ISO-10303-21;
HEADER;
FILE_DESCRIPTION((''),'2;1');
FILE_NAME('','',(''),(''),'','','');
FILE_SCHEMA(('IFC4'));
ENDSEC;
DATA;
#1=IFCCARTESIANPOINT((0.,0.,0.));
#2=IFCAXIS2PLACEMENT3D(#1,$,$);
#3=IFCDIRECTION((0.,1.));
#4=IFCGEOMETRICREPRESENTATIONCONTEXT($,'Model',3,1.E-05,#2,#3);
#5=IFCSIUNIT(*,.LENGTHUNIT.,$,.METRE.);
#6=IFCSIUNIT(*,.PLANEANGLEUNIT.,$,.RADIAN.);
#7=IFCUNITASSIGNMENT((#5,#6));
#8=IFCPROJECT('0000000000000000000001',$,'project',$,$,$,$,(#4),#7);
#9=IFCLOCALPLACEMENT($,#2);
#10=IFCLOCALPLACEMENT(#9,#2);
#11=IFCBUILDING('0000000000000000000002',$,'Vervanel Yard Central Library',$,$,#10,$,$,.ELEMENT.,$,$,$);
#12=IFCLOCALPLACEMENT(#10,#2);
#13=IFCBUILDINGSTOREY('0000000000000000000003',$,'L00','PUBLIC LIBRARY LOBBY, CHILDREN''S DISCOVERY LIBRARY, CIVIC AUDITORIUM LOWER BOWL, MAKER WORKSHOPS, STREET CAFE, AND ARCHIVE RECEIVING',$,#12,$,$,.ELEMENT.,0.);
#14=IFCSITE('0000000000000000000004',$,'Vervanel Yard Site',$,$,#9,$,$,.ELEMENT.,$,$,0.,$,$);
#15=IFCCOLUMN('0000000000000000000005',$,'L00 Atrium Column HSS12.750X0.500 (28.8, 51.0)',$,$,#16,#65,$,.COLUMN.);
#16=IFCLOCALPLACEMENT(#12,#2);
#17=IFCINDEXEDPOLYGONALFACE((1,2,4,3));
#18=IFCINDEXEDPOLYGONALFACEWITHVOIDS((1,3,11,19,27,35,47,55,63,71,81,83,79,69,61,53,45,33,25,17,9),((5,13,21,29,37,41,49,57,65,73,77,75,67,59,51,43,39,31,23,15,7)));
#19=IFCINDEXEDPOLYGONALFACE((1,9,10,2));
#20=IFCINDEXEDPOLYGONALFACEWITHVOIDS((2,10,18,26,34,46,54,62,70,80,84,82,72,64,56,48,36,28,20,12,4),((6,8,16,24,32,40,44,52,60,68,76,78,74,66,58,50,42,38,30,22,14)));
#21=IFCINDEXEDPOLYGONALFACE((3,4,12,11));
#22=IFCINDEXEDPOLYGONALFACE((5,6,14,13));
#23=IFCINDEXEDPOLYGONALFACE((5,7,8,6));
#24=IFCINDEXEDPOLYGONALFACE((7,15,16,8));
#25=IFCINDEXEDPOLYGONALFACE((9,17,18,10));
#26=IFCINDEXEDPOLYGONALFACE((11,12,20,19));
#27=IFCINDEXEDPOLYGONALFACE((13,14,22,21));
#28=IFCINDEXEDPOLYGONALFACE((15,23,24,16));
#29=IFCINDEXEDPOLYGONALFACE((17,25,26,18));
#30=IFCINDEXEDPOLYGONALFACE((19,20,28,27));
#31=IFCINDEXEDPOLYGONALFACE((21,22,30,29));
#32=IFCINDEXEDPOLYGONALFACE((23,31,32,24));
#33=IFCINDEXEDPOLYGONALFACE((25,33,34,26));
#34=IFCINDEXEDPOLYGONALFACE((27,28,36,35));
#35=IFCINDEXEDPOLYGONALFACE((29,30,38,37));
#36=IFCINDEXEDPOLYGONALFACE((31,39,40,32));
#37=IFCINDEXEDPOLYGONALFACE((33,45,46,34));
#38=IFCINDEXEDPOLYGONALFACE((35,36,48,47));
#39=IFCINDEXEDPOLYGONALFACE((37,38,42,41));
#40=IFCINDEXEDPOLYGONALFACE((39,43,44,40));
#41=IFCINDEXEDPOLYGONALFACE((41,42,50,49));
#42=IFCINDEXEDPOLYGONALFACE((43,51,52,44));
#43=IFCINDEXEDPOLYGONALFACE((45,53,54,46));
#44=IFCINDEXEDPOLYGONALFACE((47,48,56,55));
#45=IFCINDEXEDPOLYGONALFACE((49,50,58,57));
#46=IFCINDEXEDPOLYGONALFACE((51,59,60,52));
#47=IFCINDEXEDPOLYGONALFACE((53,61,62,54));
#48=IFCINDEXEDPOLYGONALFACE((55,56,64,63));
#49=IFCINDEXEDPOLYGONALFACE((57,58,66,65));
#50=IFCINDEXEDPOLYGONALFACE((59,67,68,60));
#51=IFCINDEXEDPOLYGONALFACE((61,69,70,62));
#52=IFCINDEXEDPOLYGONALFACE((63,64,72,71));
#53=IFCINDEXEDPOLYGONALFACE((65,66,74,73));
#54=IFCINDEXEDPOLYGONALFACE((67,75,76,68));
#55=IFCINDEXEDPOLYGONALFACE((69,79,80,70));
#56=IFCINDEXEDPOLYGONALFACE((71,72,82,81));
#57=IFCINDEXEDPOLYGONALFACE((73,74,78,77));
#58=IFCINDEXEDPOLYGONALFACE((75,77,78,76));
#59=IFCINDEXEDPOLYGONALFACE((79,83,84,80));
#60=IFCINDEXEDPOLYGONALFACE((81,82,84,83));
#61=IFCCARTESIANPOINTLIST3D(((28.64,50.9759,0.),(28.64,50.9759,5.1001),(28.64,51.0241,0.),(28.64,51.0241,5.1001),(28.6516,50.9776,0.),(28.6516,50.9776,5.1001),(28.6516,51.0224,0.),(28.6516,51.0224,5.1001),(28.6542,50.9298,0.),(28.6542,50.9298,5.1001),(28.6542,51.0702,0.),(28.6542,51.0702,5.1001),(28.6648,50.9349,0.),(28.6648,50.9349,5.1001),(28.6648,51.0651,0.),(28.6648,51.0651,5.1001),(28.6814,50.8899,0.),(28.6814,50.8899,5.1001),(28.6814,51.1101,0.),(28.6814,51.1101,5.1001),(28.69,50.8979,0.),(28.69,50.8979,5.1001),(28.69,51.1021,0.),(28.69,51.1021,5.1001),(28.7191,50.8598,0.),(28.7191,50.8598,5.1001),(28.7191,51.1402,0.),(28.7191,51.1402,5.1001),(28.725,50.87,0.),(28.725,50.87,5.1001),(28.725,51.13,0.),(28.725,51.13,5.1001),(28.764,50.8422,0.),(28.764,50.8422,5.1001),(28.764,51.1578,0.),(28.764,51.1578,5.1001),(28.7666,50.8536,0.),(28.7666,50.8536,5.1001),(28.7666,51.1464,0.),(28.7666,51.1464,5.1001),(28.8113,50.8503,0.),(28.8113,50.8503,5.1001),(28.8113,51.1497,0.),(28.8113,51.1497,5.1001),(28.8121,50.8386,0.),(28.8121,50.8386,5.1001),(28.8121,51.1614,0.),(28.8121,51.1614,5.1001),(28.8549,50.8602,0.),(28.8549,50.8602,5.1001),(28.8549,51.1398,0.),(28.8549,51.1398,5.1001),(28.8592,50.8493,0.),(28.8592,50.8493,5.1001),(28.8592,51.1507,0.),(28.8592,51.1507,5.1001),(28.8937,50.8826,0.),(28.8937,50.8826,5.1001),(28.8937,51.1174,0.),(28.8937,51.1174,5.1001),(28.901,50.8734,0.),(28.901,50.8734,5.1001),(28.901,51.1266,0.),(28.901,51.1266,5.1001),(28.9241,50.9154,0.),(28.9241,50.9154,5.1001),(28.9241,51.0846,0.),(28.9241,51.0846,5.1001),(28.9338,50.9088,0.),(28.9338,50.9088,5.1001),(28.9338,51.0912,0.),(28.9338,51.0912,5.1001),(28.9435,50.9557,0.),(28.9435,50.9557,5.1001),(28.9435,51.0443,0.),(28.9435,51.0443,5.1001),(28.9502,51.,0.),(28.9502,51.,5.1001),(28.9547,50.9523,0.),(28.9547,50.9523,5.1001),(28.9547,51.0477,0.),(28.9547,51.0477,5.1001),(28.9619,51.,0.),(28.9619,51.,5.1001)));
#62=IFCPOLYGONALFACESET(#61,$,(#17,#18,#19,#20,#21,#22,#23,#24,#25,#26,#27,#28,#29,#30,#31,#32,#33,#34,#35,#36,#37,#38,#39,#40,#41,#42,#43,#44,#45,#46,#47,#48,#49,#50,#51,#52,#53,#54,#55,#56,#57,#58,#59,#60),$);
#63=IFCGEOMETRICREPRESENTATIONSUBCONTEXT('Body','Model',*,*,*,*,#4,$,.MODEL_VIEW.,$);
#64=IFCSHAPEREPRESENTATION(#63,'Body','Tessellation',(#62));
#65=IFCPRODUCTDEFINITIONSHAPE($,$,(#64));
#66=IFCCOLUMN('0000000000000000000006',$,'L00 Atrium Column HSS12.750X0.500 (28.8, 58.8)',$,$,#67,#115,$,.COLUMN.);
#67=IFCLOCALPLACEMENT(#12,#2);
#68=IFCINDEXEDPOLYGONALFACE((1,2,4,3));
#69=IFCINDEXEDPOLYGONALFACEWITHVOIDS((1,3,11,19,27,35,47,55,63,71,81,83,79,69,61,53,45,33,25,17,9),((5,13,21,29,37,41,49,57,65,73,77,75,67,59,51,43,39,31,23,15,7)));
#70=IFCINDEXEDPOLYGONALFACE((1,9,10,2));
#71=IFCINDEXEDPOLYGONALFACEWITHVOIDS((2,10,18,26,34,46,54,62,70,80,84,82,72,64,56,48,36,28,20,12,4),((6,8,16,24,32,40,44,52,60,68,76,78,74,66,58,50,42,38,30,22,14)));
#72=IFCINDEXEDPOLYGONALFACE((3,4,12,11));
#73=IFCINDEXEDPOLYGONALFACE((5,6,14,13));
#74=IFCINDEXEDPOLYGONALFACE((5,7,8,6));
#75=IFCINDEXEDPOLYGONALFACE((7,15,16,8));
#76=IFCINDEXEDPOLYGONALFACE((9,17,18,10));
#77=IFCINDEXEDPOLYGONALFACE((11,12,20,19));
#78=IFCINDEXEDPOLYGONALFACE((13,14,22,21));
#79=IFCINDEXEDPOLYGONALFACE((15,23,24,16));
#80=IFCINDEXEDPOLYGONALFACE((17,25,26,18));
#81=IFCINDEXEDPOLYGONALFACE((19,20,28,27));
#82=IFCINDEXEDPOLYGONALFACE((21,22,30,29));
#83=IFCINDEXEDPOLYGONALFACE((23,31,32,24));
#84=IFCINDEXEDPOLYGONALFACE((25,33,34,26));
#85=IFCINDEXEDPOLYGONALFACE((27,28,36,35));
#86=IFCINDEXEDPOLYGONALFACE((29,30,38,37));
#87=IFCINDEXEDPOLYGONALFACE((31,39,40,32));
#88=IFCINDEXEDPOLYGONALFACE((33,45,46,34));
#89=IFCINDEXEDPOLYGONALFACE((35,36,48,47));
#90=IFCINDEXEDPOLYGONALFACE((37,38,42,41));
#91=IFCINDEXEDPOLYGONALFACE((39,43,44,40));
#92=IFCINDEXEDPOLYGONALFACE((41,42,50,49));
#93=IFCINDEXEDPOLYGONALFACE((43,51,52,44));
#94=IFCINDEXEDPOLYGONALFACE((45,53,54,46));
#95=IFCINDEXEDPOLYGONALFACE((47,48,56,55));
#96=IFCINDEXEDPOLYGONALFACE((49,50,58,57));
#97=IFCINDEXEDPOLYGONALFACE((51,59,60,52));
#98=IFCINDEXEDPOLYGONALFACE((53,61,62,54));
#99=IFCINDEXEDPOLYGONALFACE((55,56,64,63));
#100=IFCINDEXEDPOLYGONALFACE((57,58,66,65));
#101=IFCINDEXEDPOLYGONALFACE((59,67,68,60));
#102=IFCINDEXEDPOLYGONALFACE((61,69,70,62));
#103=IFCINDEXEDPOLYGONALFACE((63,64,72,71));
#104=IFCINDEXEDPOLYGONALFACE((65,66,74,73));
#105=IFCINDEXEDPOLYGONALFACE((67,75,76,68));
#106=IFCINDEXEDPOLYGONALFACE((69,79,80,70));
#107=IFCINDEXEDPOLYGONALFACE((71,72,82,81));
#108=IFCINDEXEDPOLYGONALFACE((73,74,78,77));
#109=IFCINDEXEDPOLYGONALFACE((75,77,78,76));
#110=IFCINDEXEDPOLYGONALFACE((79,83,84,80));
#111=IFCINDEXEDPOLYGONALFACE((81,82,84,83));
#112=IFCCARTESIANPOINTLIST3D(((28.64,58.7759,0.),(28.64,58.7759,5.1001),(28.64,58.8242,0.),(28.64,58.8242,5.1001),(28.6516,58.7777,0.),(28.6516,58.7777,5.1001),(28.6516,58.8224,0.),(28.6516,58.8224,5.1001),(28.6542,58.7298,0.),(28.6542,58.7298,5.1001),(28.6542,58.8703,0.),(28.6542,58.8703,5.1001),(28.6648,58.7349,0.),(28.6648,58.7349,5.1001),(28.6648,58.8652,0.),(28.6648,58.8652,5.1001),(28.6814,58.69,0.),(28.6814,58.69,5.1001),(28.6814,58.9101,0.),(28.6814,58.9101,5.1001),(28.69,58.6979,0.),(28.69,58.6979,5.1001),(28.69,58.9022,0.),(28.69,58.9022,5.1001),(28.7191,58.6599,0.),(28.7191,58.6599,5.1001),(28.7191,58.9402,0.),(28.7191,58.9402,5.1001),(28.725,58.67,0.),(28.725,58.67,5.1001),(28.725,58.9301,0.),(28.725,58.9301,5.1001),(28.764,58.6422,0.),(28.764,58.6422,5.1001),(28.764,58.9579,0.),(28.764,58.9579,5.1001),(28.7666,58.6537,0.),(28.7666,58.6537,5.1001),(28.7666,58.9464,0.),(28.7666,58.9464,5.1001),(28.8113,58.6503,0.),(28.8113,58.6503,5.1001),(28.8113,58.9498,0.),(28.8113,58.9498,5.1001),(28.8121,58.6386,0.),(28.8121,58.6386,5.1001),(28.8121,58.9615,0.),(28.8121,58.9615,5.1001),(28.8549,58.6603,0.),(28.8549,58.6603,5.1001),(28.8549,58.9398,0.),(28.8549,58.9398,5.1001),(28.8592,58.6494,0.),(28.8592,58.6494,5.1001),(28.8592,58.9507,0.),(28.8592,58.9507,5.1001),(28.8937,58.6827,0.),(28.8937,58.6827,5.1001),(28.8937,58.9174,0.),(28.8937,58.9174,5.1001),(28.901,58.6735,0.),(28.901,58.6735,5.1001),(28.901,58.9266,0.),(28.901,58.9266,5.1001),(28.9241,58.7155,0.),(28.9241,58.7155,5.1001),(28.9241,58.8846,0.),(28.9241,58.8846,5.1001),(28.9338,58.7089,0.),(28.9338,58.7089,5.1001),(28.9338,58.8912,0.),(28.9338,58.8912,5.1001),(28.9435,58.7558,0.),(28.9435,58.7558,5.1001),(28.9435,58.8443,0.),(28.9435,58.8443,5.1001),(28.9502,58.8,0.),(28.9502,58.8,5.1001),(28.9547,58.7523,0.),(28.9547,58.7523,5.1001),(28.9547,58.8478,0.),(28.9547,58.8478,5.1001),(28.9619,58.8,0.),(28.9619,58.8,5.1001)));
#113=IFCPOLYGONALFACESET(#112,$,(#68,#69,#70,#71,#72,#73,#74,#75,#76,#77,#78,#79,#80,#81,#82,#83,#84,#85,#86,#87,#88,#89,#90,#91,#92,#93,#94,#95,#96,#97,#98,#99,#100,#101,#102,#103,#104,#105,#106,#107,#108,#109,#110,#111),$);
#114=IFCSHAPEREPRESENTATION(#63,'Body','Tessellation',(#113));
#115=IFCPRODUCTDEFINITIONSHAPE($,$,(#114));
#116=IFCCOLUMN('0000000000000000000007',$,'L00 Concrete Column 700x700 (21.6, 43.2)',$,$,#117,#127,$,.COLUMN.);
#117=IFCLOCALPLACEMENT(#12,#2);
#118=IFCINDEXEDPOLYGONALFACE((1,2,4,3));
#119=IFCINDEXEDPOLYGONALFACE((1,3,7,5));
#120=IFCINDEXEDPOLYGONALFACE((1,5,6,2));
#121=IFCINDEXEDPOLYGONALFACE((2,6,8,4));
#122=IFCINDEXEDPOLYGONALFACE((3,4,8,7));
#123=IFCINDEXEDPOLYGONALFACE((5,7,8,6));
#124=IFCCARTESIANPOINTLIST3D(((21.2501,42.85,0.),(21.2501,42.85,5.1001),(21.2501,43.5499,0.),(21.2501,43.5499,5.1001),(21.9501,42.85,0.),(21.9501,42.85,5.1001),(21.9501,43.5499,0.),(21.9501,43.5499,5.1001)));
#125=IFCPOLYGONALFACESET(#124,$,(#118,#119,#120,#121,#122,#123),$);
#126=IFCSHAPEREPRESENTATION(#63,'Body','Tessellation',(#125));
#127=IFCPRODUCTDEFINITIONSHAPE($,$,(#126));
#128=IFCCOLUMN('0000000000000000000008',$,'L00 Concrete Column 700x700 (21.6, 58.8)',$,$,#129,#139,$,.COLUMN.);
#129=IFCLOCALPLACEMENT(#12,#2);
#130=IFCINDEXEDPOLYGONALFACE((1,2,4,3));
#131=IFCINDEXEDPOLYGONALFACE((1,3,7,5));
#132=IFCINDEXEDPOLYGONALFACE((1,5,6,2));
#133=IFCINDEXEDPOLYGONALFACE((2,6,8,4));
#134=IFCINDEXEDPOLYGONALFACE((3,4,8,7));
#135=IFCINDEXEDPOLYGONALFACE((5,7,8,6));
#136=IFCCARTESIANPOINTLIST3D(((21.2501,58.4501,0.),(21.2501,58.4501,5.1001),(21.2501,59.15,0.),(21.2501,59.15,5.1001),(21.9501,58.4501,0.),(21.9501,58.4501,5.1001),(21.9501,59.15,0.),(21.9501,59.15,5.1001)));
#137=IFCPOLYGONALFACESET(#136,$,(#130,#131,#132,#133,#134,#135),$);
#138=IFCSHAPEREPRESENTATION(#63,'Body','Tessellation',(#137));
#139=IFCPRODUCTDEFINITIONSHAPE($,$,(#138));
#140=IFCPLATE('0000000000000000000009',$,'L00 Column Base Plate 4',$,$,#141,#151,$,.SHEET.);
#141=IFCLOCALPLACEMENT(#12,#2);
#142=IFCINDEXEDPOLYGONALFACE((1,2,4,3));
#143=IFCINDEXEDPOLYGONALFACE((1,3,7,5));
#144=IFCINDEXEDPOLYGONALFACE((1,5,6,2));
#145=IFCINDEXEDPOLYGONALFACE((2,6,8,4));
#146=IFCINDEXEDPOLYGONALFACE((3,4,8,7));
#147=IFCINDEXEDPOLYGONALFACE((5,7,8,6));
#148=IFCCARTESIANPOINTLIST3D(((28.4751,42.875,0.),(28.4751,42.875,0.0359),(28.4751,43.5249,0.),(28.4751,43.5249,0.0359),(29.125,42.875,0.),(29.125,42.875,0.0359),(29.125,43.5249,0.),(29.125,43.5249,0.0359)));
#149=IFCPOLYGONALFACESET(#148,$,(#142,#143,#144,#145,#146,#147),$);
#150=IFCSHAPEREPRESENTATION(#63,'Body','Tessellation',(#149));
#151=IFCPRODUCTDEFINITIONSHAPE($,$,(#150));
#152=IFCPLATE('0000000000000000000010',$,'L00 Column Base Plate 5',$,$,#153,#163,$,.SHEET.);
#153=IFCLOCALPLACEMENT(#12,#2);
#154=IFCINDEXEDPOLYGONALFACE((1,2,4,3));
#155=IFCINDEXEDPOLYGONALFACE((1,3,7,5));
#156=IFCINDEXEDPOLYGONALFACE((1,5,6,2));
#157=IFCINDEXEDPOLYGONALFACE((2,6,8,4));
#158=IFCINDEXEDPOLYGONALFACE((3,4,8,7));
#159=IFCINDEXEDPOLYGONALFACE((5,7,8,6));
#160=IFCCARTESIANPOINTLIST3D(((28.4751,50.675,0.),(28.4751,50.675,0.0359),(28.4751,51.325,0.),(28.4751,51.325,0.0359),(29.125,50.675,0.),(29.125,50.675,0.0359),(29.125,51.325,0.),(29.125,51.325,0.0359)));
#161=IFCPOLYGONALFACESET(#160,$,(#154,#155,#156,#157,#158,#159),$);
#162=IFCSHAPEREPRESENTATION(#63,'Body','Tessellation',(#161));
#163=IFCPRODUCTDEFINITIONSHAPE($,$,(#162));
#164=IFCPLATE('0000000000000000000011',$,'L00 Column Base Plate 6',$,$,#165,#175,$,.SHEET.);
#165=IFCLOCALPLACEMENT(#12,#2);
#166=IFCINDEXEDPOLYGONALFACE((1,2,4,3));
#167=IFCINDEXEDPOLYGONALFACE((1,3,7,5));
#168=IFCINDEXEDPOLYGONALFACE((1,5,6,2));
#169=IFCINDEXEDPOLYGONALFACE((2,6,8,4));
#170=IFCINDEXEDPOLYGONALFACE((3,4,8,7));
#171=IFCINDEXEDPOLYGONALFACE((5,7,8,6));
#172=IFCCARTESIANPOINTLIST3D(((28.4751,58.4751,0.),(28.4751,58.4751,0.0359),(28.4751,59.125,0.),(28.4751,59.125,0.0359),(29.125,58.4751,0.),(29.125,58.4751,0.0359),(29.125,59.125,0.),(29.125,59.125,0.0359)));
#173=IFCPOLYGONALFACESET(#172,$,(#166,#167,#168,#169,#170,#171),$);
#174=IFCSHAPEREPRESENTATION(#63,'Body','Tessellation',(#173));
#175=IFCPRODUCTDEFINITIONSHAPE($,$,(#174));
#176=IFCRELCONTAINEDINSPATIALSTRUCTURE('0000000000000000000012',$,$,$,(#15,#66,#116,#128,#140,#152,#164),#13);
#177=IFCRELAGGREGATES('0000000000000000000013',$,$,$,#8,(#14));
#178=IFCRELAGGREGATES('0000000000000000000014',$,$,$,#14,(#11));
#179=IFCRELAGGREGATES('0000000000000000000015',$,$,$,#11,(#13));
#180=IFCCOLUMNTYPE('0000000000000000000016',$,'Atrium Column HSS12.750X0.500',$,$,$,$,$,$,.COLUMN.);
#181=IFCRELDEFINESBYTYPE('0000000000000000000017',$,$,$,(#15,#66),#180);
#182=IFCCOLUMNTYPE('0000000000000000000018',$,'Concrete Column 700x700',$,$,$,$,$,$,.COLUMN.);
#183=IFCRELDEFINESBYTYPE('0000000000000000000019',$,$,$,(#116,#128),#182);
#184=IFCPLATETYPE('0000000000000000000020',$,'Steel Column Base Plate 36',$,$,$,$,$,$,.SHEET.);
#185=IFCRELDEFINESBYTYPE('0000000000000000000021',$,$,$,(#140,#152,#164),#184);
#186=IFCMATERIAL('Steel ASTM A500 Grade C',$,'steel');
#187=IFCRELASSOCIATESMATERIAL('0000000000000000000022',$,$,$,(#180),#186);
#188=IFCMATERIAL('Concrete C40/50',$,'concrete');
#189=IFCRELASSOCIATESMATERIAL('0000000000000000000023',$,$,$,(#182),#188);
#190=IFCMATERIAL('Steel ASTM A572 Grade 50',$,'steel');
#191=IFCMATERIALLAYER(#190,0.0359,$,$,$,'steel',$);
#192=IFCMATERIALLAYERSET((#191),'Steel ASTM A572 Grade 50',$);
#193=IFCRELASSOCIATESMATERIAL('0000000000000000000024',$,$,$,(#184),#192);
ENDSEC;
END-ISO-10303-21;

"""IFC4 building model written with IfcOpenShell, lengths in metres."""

from ifc_helpers import new_model, si_unit, direction, frame, origin, origin_2d, place, context, subcontext, project, spatial, rectangle, hollow_circle, extrude, material, layer, layer_set, material_profile, profile_set, type_object, element, save


model = new_model("IFC4")

# Units and contexts
model_context = context("Model", 3, precision=1e-05, world=origin(), true_north=direction((0.0, 1.0)))
body_context = subcontext(model_context, "Body", "Model", "MODEL_VIEW")
ifc_project = project(units=[si_unit("LENGTHUNIT", "METRE"), si_unit("PLANEANGLEUNIT", "RADIAN")], contexts=[model_context])

# Site, building, storey
site_placement = place(None, origin())
site = spatial("IfcSite", under=ifc_project, at=site_placement, Name="Vervanel Yard Site", CompositionType="ELEMENT", RefElevation=0.0)
building_placement = place(site_placement, origin())
building = spatial("IfcBuilding", under=site, at=building_placement, Name="Vervanel Yard Central Library", CompositionType="ELEMENT")
storey_placement = place(building_placement, origin())
storey = spatial("IfcBuildingStorey", under=building, at=storey_placement, Name="L00", Description="PUBLIC LIBRARY LOBBY, CHILDREN'S DISCOVERY LIBRARY, CIVIC AUDITORIUM LOWER BOWL, MAKER WORKSHOPS, STREET CAFE, AND ARCHIVE RECEIVING", CompositionType="ELEMENT", Elevation=0.0)

# Shared definitions
ifc_material_1 = material(Name="Concrete C40/50", Category="concrete")

# Columns
ifc_material_2 = material(Name="Steel ASTM A500 Grade C", Category="steel")
ifc_material_profile_1 = material_profile(ifc_material_2, hollow_circle(Radius=0.1619, WallThickness=0.0117, at=origin_2d()), Name="HSS12.750X0.500", Category="steel")
ifc_profile_set_1 = profile_set([ifc_material_profile_1], Name="Steel ASTM A500 Grade C")
column_type_1 = type_object("IfcColumnType", Name="Atrium Column HSS12.750X0.500", PredefinedType="COLUMN", material=ifc_profile_set_1)
for number, where, z_axis, x_axis, name in (
    (1, (28.8, 51.0, 0.0), (0.0, 0.0, 1.0), (1.0, 0.0, 0.0), "L00 Atrium Column HSS12.750X0.500 (28.8, 51.0)"),
    (2, (28.8, 58.8, 0.0), (0.0, 0.0, 1.0), (1.0, 0.0, 0.0), "L00 Atrium Column HSS12.750X0.500 (28.8, 58.8)"),
):
    element("IfcColumn", number, at=place(storey_placement, frame(where, z_axis=z_axis, x_axis=x_axis)), inside=storey, type_object=column_type_1, Name=name, PredefinedType="COLUMN", context=body_context, shape_type="SweptSolid", body=[
        extrude(hollow_circle(Radius=0.1619, WallThickness=0.0117, at=origin_2d()), origin(), (0.0, 0.0, 1.0), 5.1001),
    ])
ifc_material_profile_2 = material_profile(ifc_material_1, rectangle(XDim=0.7, YDim=0.7, at=origin_2d()), Name="RC 700x700", Category="concrete")
ifc_profile_set_2 = profile_set([ifc_material_profile_2], Name="Concrete C40/50")
column_type_2 = type_object("IfcColumnType", Name="Concrete Column 700x700", PredefinedType="COLUMN", material=ifc_profile_set_2)
for number, where, z_axis, x_axis, name in (
    (3, (21.6001, 43.2, 0.0), (0.0, 0.0, 1.0), (1.0, 0.0, 0.0), "L00 Concrete Column 700x700 (21.6, 43.2)"),
    (4, (21.6001, 58.8, 0.0), (0.0, 0.0, 1.0), (1.0, 0.0, 0.0), "L00 Concrete Column 700x700 (21.6, 58.8)"),
):
    element("IfcColumn", number, at=place(storey_placement, frame(where, z_axis=z_axis, x_axis=x_axis)), inside=storey, type_object=column_type_2, Name=name, PredefinedType="COLUMN", context=body_context, shape_type="SweptSolid", body=[
        extrude(rectangle(XDim=0.7, YDim=0.7, at=origin_2d()), origin(), (0.0, 0.0, 1.0), 5.1001),
    ])

# Plates
ifc_material_3 = material(Name="Steel ASTM A572 Grade 50", Category="steel")
ifc_layer_1 = layer(ifc_material_3, 0.0359, Category="steel")
ifc_layer_set_1 = layer_set([ifc_layer_1], Name="Steel ASTM A572 Grade 50")
plate_type = type_object("IfcPlateType", Name="Steel Column Base Plate 36", PredefinedType="SHEET", material=ifc_layer_set_1)
for number, where, z_axis, x_axis, name in (
    (5, (28.8, 43.2, 0.0), (0.0, 0.0, 1.0), (1.0, 0.0, 0.0), "L00 Column Base Plate 4"),
    (6, (28.8, 51.0, 0.0), (0.0, 0.0, 1.0), (1.0, 0.0, 0.0), "L00 Column Base Plate 5"),
    (7, (28.8, 58.8, 0.0), (0.0, 0.0, 1.0), (1.0, 0.0, 0.0), "L00 Column Base Plate 6"),
):
    element("IfcPlate", number, at=place(storey_placement, frame(where, z_axis=z_axis, x_axis=x_axis)), inside=storey, type_object=plate_type, Name=name, PredefinedType="SHEET", context=body_context, shape_type="SweptSolid", body=[
        extrude(rectangle(XDim=0.6499, YDim=0.6499, at=origin_2d()), origin(), (0.0, 0.0, 1.0), 0.0359),
    ])

save(model, "model.ifc")
